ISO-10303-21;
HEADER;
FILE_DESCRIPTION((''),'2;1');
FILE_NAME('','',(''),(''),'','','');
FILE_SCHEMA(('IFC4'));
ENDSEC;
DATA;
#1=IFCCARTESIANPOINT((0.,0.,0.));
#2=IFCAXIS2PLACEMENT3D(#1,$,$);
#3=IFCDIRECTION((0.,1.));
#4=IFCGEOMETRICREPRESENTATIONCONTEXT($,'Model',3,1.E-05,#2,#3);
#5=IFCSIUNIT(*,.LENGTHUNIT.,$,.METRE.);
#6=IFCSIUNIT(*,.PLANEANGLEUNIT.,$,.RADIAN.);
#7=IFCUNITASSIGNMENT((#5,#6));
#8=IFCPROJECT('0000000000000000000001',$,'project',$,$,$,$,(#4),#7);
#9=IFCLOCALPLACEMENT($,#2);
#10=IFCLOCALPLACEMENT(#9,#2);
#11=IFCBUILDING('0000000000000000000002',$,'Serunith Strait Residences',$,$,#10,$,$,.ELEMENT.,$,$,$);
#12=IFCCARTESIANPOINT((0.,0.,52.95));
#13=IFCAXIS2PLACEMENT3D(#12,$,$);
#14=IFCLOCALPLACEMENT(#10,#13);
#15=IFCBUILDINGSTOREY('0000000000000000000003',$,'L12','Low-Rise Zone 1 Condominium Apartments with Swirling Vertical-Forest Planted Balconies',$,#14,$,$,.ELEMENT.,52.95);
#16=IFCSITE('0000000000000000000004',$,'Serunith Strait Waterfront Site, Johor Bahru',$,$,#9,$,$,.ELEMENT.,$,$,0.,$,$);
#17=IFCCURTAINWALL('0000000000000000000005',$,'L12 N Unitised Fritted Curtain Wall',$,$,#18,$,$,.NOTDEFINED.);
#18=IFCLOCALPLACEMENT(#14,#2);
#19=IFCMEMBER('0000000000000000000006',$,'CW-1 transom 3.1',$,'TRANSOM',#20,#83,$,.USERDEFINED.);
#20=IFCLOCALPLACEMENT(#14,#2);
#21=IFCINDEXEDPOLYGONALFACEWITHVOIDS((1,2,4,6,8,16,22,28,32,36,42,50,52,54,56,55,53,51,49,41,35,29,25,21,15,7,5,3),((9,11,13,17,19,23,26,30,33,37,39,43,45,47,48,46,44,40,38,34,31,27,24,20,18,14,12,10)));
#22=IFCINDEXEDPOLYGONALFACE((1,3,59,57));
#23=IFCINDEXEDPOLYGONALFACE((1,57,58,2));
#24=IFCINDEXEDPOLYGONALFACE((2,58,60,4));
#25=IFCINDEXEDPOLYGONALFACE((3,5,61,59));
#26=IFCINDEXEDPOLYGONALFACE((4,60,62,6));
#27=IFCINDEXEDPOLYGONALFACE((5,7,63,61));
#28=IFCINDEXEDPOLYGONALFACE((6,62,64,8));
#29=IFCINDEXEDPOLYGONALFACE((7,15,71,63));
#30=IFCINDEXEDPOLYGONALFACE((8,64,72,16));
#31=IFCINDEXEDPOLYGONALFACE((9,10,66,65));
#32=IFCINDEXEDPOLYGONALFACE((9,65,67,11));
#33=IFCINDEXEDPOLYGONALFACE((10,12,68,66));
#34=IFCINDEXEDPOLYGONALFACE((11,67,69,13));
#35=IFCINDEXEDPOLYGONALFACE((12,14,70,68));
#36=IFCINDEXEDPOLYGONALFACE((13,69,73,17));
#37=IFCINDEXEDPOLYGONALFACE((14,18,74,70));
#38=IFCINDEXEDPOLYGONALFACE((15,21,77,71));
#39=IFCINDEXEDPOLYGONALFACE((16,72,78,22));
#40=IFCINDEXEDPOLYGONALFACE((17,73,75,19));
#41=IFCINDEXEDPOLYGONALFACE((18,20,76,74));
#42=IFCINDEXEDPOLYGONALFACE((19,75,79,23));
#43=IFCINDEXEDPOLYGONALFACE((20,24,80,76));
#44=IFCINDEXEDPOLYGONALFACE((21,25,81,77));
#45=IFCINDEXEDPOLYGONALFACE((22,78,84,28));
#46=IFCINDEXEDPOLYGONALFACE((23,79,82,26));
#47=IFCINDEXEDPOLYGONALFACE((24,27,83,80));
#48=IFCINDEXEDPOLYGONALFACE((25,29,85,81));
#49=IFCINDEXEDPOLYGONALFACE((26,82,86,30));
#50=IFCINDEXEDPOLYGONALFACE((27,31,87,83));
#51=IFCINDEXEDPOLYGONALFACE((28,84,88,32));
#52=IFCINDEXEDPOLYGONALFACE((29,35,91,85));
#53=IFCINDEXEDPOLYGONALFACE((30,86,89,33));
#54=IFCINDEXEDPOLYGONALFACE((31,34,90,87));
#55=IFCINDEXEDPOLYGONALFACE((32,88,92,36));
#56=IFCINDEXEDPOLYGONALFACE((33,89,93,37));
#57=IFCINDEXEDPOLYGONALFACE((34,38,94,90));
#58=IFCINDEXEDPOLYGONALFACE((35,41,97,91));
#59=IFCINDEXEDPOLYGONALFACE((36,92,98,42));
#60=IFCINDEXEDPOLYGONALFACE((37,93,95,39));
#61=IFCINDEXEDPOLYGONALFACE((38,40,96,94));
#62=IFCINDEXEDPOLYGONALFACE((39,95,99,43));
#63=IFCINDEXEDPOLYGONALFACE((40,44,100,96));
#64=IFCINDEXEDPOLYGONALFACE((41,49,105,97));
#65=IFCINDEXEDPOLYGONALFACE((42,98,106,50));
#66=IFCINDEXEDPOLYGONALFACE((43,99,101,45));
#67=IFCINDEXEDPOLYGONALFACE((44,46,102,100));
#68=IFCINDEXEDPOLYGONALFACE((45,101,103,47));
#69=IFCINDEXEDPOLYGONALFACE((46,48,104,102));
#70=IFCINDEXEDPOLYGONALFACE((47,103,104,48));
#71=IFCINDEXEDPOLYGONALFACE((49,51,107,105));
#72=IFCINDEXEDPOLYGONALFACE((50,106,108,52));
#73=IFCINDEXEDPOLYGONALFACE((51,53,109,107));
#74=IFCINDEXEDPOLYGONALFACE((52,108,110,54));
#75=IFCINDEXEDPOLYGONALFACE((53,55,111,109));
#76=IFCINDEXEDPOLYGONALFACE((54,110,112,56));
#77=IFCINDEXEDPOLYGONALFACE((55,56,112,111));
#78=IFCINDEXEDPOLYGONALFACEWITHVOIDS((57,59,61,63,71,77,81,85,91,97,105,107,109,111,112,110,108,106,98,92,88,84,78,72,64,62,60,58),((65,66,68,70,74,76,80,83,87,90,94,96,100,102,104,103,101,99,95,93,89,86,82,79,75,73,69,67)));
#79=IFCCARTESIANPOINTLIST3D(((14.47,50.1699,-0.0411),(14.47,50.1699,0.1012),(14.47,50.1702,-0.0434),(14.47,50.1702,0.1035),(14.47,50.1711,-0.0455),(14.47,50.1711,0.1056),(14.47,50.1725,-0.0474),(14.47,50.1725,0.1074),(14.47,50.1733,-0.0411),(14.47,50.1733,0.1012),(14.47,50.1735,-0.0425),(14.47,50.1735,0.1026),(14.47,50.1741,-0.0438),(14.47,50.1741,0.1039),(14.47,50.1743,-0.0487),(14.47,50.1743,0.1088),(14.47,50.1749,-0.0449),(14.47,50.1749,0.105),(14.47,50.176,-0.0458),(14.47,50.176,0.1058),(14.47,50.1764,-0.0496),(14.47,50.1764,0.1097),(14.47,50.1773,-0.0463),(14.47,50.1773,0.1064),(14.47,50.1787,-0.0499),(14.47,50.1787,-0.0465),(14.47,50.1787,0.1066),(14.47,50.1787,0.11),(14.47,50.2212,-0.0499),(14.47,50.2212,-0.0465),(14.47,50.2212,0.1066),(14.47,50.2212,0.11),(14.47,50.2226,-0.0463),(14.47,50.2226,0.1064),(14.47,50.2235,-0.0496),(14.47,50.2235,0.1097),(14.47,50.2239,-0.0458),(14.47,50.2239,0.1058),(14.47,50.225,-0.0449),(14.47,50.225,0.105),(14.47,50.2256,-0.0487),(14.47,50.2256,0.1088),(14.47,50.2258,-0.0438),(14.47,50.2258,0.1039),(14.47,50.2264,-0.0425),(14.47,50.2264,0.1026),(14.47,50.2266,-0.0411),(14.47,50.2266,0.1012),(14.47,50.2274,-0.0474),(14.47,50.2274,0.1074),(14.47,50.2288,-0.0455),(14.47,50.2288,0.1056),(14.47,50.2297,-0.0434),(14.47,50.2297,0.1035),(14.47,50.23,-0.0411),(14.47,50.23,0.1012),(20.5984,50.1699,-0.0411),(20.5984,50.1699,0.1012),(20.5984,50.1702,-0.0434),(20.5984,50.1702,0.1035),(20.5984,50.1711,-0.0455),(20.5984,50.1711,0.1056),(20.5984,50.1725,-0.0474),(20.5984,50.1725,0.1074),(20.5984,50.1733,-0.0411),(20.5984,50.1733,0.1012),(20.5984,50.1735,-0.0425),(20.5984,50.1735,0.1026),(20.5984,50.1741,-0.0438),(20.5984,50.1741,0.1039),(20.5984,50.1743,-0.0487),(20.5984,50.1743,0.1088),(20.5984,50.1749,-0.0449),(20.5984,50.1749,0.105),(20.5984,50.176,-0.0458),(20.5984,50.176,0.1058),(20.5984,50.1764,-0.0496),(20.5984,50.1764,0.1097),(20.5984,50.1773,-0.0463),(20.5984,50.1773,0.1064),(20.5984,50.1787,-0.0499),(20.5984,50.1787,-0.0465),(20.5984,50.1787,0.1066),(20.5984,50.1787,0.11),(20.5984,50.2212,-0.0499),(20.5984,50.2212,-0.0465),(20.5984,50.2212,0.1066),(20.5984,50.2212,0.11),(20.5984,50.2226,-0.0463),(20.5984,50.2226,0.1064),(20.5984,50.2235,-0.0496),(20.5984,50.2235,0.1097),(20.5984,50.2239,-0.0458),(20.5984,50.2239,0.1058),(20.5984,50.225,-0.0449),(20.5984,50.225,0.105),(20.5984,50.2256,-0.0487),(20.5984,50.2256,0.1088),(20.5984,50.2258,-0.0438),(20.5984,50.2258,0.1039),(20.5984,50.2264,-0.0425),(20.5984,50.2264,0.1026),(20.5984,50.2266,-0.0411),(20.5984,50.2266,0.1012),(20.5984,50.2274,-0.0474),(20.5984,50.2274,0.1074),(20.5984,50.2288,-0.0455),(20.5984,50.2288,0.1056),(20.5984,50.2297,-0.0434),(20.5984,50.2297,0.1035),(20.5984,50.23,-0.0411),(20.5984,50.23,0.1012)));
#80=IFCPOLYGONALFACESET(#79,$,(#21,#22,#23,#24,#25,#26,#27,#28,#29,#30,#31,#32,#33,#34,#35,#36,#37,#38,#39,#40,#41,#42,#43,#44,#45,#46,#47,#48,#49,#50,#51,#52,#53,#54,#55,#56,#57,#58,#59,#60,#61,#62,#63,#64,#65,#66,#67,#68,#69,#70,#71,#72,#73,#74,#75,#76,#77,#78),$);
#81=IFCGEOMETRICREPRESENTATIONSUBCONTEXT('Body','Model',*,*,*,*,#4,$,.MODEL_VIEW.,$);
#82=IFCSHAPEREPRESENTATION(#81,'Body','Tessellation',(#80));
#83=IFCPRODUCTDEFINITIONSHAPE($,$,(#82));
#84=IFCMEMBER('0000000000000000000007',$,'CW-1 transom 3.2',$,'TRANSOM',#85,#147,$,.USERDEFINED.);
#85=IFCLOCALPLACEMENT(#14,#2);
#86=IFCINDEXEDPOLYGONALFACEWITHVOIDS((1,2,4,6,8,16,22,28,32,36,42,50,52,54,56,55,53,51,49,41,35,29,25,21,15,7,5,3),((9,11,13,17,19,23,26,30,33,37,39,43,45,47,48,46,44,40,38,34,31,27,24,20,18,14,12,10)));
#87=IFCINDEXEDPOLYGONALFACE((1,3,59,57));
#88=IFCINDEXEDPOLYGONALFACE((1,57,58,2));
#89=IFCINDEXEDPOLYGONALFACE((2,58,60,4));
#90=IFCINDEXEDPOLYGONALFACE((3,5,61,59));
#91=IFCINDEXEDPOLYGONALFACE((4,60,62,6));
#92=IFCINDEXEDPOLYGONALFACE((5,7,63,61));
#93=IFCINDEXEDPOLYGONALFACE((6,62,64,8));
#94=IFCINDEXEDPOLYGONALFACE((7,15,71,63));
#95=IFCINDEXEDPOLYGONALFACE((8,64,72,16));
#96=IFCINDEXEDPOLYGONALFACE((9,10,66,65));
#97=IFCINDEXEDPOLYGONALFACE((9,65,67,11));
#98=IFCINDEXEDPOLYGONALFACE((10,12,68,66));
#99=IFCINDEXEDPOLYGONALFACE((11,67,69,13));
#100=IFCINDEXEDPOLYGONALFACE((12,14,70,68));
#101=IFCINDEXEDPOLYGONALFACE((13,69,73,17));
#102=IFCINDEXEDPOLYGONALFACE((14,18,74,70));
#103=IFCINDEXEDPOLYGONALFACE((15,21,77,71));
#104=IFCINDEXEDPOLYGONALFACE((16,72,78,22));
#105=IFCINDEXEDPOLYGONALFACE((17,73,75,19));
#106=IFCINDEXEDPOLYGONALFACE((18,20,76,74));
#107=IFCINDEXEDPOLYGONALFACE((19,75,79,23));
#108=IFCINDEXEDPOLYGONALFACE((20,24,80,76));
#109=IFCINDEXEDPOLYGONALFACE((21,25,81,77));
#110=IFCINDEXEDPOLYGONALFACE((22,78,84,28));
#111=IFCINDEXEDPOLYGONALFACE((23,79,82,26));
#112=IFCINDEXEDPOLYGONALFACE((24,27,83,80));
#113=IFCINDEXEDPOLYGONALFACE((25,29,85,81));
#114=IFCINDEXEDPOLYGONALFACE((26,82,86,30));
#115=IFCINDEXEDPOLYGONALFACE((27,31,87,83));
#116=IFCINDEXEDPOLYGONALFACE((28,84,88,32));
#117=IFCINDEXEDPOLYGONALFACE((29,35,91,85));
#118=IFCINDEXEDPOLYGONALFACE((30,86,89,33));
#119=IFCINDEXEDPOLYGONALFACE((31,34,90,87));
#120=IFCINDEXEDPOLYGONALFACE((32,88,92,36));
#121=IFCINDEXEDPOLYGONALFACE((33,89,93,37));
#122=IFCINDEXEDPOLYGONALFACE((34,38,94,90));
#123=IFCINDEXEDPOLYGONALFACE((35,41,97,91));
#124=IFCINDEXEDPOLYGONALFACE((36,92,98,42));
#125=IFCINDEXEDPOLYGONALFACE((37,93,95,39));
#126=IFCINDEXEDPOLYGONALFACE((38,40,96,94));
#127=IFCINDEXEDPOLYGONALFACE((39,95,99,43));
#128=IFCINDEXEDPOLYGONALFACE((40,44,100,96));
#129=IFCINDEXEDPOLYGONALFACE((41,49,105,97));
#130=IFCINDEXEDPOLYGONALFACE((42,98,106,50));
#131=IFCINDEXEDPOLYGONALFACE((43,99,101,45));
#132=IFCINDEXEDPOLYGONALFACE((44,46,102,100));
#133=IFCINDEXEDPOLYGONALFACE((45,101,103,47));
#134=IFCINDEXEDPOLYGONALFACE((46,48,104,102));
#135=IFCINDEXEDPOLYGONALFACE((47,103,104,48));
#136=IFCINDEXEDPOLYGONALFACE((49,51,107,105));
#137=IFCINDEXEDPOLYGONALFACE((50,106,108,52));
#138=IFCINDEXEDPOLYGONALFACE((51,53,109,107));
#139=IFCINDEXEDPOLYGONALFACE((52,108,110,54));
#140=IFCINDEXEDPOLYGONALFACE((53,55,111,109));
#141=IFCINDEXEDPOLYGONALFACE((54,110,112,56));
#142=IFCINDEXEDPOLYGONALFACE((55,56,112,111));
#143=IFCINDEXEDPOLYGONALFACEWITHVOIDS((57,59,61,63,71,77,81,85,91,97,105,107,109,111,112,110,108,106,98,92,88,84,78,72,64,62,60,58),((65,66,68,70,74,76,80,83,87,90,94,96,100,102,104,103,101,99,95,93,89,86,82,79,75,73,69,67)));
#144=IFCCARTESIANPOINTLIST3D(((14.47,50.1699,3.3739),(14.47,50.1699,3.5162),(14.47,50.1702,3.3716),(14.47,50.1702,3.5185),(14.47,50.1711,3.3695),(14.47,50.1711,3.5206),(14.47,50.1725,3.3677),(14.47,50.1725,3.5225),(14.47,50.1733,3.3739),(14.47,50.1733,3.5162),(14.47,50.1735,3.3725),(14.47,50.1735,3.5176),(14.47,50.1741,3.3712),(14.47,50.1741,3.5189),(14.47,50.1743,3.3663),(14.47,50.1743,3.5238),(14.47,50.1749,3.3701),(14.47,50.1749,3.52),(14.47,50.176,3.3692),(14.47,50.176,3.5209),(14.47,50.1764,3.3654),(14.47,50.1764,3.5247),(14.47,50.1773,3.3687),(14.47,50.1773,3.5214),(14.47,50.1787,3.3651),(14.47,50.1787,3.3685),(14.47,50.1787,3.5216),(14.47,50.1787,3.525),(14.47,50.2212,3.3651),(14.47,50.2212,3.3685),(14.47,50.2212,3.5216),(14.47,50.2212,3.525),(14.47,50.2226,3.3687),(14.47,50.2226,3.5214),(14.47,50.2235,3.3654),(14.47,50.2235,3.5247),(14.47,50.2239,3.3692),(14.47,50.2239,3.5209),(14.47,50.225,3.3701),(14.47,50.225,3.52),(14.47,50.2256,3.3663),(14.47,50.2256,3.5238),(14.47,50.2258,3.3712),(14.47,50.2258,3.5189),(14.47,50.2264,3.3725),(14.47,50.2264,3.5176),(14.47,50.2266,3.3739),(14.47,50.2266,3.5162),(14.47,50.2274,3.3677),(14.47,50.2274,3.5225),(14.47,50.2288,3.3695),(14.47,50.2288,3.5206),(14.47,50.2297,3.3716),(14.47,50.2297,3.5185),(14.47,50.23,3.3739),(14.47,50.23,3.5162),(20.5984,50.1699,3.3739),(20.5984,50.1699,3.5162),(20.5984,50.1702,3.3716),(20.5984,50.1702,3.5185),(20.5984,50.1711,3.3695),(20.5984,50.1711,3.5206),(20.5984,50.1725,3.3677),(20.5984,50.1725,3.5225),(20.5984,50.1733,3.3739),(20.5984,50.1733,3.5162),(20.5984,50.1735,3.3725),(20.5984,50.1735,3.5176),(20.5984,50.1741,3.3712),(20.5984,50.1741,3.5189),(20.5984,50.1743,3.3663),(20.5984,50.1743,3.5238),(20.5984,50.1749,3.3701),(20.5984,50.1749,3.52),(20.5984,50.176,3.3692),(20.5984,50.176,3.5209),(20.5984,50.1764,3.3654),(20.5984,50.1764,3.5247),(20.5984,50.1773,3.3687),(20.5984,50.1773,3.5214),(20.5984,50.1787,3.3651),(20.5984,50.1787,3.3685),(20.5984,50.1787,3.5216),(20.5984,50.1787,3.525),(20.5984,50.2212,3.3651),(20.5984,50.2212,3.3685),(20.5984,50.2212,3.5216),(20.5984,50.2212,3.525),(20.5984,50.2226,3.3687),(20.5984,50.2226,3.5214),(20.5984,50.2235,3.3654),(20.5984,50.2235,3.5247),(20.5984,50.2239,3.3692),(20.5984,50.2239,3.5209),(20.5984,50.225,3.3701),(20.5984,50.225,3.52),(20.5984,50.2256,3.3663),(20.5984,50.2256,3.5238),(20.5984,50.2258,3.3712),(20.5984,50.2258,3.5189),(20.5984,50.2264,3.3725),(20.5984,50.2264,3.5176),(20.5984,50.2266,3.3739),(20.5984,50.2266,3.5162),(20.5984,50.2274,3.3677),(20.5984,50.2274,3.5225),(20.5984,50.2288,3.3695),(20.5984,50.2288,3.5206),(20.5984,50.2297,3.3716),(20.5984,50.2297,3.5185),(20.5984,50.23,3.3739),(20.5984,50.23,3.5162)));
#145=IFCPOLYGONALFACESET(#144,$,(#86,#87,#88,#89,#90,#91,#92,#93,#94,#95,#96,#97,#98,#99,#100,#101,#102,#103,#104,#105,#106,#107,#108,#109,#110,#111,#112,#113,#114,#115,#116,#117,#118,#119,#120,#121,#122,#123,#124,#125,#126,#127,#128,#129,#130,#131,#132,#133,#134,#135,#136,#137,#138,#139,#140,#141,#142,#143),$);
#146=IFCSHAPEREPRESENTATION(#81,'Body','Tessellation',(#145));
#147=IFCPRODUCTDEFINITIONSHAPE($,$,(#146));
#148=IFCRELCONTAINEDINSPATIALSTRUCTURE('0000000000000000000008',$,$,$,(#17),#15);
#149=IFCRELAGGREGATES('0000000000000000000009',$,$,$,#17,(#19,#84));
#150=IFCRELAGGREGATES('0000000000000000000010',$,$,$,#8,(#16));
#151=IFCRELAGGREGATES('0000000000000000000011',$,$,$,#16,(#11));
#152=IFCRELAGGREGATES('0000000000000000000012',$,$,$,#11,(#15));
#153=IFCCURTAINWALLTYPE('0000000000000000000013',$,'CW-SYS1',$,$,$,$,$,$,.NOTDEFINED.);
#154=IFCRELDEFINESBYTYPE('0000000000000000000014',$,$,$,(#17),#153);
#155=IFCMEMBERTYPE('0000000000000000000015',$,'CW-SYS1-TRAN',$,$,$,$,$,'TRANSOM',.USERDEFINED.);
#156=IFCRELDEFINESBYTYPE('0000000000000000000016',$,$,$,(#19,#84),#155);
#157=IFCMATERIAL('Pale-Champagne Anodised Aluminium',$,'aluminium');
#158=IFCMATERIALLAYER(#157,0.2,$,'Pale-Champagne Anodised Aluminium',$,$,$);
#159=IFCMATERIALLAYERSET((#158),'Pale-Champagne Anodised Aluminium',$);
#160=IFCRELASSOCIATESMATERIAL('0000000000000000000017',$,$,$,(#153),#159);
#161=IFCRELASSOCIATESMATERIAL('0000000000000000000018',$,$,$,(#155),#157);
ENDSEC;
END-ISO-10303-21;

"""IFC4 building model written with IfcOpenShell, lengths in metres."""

from ifc_helpers import new_model, si_unit, direction, frame, origin, origin_2d, place, context, subcontext, project, spatial, hollow_rectangle, extrude, source, transform, mapped, material, layer, layer_set, material_profile, profile_set, type_object, element, aggregate, save


model = new_model("IFC4")

# Units and contexts
model_context = context("Model", 3, precision=1e-05, world=origin(), true_north=direction((0.0, 1.0)))
body_context = subcontext(model_context, "Body", "Model", "MODEL_VIEW")
ifc_project = project(units=[si_unit("LENGTHUNIT", "METRE"), si_unit("PLANEANGLEUNIT", "RADIAN")], contexts=[model_context])

# Site, building, storey
site_placement = place(None, origin())
site = spatial("IfcSite", under=ifc_project, at=site_placement, Name="Serunith Strait Waterfront Site, Johor Bahru", CompositionType="ELEMENT", RefElevation=0.0)
building_placement = place(site_placement, origin())
building = spatial("IfcBuilding", under=site, at=building_placement, Name="Serunith Strait Residences", CompositionType="ELEMENT")
storey_placement = place(building_placement, frame((0.0, 0.0, 52.95)))
storey = spatial("IfcBuildingStorey", under=building, at=storey_placement, Name="L12", Description="Low-Rise Zone 1 Condominium Apartments with Swirling Vertical-Forest Planted Balconies", CompositionType="ELEMENT", Elevation=52.95)

# Curtain wall, members
ifc_material_1 = material(Name="Pale-Champagne Anodised Aluminium", Category="aluminium")
ifc_layer_1 = layer(ifc_material_1, 0.2, Name="Pale-Champagne Anodised Aluminium")
ifc_layer_set_1 = layer_set([ifc_layer_1], Name="Pale-Champagne Anodised Aluminium")
curtain_wall_type = type_object("IfcCurtainWallType", Name="CW-SYS1", PredefinedType="NOTDEFINED", material=ifc_layer_set_1)
curtain_wall_placement = place(storey_placement, origin())
curtain_wall = element("IfcCurtainWall", 1, at=curtain_wall_placement, inside=storey, type_object=curtain_wall_type, Name="L12 N Unitised Fritted Curtain Wall", PredefinedType="NOTDEFINED")
ifc_material_profile_1 = material_profile(ifc_material_1, hollow_rectangle(XDim=0.0601, YDim=0.1599, WallThickness=0.0034, InnerFilletRadius=0.0054, OuterFilletRadius=0.0088, at=origin_2d()), Name="ALU 160x60x3.5")
ifc_profile_set_1 = profile_set([ifc_material_profile_1], Name="Pale-Champagne Anodised Aluminium")
member_type_1 = type_object("IfcMemberType", Name="CW-SYS1-TRAN", ElementType="TRANSOM", PredefinedType="USERDEFINED", material=ifc_profile_set_1)
shared_shape_1 = source(origin(), body_context, "Body", "SweptSolid", [
    extrude(hollow_rectangle(XDim=0.0601, YDim=0.1599, WallThickness=0.0034, InnerFilletRadius=0.0054, OuterFilletRadius=0.0088, at=origin_2d()), origin(), (0.0, 0.0, 1.0), 6.1284),
])
member_1_placement = place(storey_placement, frame((20.5984, 50.2, 0.03), z_axis=(-1.0, 0.0, 0.0), x_axis=(0.0, -1.0, 0.0)))
member_1 = element("IfcMember", 2, at=member_1_placement, type_object=member_type_1, Name="CW-1 transom 3.1", ObjectType="TRANSOM", PredefinedType="USERDEFINED", context=body_context, shape_type="MappedRepresentation", body=[
    mapped(shared_shape_1, transform((0.0, 0.0, 0.0), scale=1.0)),
])
member_2_placement = place(storey_placement, frame((20.5984, 50.2, 3.4451), z_axis=(-1.0, 0.0, 0.0), x_axis=(0.0, -1.0, 0.0)))
member_2 = element("IfcMember", 3, at=member_2_placement, type_object=member_type_1, Name="CW-1 transom 3.2", ObjectType="TRANSOM", PredefinedType="USERDEFINED", context=body_context, shape_type="MappedRepresentation", body=[
    mapped(shared_shape_1, transform((0.0, 0.0, 0.0), scale=1.0)),
])
aggregate(curtain_wall, [member_1, member_2])

save(model, "model.ifc")
